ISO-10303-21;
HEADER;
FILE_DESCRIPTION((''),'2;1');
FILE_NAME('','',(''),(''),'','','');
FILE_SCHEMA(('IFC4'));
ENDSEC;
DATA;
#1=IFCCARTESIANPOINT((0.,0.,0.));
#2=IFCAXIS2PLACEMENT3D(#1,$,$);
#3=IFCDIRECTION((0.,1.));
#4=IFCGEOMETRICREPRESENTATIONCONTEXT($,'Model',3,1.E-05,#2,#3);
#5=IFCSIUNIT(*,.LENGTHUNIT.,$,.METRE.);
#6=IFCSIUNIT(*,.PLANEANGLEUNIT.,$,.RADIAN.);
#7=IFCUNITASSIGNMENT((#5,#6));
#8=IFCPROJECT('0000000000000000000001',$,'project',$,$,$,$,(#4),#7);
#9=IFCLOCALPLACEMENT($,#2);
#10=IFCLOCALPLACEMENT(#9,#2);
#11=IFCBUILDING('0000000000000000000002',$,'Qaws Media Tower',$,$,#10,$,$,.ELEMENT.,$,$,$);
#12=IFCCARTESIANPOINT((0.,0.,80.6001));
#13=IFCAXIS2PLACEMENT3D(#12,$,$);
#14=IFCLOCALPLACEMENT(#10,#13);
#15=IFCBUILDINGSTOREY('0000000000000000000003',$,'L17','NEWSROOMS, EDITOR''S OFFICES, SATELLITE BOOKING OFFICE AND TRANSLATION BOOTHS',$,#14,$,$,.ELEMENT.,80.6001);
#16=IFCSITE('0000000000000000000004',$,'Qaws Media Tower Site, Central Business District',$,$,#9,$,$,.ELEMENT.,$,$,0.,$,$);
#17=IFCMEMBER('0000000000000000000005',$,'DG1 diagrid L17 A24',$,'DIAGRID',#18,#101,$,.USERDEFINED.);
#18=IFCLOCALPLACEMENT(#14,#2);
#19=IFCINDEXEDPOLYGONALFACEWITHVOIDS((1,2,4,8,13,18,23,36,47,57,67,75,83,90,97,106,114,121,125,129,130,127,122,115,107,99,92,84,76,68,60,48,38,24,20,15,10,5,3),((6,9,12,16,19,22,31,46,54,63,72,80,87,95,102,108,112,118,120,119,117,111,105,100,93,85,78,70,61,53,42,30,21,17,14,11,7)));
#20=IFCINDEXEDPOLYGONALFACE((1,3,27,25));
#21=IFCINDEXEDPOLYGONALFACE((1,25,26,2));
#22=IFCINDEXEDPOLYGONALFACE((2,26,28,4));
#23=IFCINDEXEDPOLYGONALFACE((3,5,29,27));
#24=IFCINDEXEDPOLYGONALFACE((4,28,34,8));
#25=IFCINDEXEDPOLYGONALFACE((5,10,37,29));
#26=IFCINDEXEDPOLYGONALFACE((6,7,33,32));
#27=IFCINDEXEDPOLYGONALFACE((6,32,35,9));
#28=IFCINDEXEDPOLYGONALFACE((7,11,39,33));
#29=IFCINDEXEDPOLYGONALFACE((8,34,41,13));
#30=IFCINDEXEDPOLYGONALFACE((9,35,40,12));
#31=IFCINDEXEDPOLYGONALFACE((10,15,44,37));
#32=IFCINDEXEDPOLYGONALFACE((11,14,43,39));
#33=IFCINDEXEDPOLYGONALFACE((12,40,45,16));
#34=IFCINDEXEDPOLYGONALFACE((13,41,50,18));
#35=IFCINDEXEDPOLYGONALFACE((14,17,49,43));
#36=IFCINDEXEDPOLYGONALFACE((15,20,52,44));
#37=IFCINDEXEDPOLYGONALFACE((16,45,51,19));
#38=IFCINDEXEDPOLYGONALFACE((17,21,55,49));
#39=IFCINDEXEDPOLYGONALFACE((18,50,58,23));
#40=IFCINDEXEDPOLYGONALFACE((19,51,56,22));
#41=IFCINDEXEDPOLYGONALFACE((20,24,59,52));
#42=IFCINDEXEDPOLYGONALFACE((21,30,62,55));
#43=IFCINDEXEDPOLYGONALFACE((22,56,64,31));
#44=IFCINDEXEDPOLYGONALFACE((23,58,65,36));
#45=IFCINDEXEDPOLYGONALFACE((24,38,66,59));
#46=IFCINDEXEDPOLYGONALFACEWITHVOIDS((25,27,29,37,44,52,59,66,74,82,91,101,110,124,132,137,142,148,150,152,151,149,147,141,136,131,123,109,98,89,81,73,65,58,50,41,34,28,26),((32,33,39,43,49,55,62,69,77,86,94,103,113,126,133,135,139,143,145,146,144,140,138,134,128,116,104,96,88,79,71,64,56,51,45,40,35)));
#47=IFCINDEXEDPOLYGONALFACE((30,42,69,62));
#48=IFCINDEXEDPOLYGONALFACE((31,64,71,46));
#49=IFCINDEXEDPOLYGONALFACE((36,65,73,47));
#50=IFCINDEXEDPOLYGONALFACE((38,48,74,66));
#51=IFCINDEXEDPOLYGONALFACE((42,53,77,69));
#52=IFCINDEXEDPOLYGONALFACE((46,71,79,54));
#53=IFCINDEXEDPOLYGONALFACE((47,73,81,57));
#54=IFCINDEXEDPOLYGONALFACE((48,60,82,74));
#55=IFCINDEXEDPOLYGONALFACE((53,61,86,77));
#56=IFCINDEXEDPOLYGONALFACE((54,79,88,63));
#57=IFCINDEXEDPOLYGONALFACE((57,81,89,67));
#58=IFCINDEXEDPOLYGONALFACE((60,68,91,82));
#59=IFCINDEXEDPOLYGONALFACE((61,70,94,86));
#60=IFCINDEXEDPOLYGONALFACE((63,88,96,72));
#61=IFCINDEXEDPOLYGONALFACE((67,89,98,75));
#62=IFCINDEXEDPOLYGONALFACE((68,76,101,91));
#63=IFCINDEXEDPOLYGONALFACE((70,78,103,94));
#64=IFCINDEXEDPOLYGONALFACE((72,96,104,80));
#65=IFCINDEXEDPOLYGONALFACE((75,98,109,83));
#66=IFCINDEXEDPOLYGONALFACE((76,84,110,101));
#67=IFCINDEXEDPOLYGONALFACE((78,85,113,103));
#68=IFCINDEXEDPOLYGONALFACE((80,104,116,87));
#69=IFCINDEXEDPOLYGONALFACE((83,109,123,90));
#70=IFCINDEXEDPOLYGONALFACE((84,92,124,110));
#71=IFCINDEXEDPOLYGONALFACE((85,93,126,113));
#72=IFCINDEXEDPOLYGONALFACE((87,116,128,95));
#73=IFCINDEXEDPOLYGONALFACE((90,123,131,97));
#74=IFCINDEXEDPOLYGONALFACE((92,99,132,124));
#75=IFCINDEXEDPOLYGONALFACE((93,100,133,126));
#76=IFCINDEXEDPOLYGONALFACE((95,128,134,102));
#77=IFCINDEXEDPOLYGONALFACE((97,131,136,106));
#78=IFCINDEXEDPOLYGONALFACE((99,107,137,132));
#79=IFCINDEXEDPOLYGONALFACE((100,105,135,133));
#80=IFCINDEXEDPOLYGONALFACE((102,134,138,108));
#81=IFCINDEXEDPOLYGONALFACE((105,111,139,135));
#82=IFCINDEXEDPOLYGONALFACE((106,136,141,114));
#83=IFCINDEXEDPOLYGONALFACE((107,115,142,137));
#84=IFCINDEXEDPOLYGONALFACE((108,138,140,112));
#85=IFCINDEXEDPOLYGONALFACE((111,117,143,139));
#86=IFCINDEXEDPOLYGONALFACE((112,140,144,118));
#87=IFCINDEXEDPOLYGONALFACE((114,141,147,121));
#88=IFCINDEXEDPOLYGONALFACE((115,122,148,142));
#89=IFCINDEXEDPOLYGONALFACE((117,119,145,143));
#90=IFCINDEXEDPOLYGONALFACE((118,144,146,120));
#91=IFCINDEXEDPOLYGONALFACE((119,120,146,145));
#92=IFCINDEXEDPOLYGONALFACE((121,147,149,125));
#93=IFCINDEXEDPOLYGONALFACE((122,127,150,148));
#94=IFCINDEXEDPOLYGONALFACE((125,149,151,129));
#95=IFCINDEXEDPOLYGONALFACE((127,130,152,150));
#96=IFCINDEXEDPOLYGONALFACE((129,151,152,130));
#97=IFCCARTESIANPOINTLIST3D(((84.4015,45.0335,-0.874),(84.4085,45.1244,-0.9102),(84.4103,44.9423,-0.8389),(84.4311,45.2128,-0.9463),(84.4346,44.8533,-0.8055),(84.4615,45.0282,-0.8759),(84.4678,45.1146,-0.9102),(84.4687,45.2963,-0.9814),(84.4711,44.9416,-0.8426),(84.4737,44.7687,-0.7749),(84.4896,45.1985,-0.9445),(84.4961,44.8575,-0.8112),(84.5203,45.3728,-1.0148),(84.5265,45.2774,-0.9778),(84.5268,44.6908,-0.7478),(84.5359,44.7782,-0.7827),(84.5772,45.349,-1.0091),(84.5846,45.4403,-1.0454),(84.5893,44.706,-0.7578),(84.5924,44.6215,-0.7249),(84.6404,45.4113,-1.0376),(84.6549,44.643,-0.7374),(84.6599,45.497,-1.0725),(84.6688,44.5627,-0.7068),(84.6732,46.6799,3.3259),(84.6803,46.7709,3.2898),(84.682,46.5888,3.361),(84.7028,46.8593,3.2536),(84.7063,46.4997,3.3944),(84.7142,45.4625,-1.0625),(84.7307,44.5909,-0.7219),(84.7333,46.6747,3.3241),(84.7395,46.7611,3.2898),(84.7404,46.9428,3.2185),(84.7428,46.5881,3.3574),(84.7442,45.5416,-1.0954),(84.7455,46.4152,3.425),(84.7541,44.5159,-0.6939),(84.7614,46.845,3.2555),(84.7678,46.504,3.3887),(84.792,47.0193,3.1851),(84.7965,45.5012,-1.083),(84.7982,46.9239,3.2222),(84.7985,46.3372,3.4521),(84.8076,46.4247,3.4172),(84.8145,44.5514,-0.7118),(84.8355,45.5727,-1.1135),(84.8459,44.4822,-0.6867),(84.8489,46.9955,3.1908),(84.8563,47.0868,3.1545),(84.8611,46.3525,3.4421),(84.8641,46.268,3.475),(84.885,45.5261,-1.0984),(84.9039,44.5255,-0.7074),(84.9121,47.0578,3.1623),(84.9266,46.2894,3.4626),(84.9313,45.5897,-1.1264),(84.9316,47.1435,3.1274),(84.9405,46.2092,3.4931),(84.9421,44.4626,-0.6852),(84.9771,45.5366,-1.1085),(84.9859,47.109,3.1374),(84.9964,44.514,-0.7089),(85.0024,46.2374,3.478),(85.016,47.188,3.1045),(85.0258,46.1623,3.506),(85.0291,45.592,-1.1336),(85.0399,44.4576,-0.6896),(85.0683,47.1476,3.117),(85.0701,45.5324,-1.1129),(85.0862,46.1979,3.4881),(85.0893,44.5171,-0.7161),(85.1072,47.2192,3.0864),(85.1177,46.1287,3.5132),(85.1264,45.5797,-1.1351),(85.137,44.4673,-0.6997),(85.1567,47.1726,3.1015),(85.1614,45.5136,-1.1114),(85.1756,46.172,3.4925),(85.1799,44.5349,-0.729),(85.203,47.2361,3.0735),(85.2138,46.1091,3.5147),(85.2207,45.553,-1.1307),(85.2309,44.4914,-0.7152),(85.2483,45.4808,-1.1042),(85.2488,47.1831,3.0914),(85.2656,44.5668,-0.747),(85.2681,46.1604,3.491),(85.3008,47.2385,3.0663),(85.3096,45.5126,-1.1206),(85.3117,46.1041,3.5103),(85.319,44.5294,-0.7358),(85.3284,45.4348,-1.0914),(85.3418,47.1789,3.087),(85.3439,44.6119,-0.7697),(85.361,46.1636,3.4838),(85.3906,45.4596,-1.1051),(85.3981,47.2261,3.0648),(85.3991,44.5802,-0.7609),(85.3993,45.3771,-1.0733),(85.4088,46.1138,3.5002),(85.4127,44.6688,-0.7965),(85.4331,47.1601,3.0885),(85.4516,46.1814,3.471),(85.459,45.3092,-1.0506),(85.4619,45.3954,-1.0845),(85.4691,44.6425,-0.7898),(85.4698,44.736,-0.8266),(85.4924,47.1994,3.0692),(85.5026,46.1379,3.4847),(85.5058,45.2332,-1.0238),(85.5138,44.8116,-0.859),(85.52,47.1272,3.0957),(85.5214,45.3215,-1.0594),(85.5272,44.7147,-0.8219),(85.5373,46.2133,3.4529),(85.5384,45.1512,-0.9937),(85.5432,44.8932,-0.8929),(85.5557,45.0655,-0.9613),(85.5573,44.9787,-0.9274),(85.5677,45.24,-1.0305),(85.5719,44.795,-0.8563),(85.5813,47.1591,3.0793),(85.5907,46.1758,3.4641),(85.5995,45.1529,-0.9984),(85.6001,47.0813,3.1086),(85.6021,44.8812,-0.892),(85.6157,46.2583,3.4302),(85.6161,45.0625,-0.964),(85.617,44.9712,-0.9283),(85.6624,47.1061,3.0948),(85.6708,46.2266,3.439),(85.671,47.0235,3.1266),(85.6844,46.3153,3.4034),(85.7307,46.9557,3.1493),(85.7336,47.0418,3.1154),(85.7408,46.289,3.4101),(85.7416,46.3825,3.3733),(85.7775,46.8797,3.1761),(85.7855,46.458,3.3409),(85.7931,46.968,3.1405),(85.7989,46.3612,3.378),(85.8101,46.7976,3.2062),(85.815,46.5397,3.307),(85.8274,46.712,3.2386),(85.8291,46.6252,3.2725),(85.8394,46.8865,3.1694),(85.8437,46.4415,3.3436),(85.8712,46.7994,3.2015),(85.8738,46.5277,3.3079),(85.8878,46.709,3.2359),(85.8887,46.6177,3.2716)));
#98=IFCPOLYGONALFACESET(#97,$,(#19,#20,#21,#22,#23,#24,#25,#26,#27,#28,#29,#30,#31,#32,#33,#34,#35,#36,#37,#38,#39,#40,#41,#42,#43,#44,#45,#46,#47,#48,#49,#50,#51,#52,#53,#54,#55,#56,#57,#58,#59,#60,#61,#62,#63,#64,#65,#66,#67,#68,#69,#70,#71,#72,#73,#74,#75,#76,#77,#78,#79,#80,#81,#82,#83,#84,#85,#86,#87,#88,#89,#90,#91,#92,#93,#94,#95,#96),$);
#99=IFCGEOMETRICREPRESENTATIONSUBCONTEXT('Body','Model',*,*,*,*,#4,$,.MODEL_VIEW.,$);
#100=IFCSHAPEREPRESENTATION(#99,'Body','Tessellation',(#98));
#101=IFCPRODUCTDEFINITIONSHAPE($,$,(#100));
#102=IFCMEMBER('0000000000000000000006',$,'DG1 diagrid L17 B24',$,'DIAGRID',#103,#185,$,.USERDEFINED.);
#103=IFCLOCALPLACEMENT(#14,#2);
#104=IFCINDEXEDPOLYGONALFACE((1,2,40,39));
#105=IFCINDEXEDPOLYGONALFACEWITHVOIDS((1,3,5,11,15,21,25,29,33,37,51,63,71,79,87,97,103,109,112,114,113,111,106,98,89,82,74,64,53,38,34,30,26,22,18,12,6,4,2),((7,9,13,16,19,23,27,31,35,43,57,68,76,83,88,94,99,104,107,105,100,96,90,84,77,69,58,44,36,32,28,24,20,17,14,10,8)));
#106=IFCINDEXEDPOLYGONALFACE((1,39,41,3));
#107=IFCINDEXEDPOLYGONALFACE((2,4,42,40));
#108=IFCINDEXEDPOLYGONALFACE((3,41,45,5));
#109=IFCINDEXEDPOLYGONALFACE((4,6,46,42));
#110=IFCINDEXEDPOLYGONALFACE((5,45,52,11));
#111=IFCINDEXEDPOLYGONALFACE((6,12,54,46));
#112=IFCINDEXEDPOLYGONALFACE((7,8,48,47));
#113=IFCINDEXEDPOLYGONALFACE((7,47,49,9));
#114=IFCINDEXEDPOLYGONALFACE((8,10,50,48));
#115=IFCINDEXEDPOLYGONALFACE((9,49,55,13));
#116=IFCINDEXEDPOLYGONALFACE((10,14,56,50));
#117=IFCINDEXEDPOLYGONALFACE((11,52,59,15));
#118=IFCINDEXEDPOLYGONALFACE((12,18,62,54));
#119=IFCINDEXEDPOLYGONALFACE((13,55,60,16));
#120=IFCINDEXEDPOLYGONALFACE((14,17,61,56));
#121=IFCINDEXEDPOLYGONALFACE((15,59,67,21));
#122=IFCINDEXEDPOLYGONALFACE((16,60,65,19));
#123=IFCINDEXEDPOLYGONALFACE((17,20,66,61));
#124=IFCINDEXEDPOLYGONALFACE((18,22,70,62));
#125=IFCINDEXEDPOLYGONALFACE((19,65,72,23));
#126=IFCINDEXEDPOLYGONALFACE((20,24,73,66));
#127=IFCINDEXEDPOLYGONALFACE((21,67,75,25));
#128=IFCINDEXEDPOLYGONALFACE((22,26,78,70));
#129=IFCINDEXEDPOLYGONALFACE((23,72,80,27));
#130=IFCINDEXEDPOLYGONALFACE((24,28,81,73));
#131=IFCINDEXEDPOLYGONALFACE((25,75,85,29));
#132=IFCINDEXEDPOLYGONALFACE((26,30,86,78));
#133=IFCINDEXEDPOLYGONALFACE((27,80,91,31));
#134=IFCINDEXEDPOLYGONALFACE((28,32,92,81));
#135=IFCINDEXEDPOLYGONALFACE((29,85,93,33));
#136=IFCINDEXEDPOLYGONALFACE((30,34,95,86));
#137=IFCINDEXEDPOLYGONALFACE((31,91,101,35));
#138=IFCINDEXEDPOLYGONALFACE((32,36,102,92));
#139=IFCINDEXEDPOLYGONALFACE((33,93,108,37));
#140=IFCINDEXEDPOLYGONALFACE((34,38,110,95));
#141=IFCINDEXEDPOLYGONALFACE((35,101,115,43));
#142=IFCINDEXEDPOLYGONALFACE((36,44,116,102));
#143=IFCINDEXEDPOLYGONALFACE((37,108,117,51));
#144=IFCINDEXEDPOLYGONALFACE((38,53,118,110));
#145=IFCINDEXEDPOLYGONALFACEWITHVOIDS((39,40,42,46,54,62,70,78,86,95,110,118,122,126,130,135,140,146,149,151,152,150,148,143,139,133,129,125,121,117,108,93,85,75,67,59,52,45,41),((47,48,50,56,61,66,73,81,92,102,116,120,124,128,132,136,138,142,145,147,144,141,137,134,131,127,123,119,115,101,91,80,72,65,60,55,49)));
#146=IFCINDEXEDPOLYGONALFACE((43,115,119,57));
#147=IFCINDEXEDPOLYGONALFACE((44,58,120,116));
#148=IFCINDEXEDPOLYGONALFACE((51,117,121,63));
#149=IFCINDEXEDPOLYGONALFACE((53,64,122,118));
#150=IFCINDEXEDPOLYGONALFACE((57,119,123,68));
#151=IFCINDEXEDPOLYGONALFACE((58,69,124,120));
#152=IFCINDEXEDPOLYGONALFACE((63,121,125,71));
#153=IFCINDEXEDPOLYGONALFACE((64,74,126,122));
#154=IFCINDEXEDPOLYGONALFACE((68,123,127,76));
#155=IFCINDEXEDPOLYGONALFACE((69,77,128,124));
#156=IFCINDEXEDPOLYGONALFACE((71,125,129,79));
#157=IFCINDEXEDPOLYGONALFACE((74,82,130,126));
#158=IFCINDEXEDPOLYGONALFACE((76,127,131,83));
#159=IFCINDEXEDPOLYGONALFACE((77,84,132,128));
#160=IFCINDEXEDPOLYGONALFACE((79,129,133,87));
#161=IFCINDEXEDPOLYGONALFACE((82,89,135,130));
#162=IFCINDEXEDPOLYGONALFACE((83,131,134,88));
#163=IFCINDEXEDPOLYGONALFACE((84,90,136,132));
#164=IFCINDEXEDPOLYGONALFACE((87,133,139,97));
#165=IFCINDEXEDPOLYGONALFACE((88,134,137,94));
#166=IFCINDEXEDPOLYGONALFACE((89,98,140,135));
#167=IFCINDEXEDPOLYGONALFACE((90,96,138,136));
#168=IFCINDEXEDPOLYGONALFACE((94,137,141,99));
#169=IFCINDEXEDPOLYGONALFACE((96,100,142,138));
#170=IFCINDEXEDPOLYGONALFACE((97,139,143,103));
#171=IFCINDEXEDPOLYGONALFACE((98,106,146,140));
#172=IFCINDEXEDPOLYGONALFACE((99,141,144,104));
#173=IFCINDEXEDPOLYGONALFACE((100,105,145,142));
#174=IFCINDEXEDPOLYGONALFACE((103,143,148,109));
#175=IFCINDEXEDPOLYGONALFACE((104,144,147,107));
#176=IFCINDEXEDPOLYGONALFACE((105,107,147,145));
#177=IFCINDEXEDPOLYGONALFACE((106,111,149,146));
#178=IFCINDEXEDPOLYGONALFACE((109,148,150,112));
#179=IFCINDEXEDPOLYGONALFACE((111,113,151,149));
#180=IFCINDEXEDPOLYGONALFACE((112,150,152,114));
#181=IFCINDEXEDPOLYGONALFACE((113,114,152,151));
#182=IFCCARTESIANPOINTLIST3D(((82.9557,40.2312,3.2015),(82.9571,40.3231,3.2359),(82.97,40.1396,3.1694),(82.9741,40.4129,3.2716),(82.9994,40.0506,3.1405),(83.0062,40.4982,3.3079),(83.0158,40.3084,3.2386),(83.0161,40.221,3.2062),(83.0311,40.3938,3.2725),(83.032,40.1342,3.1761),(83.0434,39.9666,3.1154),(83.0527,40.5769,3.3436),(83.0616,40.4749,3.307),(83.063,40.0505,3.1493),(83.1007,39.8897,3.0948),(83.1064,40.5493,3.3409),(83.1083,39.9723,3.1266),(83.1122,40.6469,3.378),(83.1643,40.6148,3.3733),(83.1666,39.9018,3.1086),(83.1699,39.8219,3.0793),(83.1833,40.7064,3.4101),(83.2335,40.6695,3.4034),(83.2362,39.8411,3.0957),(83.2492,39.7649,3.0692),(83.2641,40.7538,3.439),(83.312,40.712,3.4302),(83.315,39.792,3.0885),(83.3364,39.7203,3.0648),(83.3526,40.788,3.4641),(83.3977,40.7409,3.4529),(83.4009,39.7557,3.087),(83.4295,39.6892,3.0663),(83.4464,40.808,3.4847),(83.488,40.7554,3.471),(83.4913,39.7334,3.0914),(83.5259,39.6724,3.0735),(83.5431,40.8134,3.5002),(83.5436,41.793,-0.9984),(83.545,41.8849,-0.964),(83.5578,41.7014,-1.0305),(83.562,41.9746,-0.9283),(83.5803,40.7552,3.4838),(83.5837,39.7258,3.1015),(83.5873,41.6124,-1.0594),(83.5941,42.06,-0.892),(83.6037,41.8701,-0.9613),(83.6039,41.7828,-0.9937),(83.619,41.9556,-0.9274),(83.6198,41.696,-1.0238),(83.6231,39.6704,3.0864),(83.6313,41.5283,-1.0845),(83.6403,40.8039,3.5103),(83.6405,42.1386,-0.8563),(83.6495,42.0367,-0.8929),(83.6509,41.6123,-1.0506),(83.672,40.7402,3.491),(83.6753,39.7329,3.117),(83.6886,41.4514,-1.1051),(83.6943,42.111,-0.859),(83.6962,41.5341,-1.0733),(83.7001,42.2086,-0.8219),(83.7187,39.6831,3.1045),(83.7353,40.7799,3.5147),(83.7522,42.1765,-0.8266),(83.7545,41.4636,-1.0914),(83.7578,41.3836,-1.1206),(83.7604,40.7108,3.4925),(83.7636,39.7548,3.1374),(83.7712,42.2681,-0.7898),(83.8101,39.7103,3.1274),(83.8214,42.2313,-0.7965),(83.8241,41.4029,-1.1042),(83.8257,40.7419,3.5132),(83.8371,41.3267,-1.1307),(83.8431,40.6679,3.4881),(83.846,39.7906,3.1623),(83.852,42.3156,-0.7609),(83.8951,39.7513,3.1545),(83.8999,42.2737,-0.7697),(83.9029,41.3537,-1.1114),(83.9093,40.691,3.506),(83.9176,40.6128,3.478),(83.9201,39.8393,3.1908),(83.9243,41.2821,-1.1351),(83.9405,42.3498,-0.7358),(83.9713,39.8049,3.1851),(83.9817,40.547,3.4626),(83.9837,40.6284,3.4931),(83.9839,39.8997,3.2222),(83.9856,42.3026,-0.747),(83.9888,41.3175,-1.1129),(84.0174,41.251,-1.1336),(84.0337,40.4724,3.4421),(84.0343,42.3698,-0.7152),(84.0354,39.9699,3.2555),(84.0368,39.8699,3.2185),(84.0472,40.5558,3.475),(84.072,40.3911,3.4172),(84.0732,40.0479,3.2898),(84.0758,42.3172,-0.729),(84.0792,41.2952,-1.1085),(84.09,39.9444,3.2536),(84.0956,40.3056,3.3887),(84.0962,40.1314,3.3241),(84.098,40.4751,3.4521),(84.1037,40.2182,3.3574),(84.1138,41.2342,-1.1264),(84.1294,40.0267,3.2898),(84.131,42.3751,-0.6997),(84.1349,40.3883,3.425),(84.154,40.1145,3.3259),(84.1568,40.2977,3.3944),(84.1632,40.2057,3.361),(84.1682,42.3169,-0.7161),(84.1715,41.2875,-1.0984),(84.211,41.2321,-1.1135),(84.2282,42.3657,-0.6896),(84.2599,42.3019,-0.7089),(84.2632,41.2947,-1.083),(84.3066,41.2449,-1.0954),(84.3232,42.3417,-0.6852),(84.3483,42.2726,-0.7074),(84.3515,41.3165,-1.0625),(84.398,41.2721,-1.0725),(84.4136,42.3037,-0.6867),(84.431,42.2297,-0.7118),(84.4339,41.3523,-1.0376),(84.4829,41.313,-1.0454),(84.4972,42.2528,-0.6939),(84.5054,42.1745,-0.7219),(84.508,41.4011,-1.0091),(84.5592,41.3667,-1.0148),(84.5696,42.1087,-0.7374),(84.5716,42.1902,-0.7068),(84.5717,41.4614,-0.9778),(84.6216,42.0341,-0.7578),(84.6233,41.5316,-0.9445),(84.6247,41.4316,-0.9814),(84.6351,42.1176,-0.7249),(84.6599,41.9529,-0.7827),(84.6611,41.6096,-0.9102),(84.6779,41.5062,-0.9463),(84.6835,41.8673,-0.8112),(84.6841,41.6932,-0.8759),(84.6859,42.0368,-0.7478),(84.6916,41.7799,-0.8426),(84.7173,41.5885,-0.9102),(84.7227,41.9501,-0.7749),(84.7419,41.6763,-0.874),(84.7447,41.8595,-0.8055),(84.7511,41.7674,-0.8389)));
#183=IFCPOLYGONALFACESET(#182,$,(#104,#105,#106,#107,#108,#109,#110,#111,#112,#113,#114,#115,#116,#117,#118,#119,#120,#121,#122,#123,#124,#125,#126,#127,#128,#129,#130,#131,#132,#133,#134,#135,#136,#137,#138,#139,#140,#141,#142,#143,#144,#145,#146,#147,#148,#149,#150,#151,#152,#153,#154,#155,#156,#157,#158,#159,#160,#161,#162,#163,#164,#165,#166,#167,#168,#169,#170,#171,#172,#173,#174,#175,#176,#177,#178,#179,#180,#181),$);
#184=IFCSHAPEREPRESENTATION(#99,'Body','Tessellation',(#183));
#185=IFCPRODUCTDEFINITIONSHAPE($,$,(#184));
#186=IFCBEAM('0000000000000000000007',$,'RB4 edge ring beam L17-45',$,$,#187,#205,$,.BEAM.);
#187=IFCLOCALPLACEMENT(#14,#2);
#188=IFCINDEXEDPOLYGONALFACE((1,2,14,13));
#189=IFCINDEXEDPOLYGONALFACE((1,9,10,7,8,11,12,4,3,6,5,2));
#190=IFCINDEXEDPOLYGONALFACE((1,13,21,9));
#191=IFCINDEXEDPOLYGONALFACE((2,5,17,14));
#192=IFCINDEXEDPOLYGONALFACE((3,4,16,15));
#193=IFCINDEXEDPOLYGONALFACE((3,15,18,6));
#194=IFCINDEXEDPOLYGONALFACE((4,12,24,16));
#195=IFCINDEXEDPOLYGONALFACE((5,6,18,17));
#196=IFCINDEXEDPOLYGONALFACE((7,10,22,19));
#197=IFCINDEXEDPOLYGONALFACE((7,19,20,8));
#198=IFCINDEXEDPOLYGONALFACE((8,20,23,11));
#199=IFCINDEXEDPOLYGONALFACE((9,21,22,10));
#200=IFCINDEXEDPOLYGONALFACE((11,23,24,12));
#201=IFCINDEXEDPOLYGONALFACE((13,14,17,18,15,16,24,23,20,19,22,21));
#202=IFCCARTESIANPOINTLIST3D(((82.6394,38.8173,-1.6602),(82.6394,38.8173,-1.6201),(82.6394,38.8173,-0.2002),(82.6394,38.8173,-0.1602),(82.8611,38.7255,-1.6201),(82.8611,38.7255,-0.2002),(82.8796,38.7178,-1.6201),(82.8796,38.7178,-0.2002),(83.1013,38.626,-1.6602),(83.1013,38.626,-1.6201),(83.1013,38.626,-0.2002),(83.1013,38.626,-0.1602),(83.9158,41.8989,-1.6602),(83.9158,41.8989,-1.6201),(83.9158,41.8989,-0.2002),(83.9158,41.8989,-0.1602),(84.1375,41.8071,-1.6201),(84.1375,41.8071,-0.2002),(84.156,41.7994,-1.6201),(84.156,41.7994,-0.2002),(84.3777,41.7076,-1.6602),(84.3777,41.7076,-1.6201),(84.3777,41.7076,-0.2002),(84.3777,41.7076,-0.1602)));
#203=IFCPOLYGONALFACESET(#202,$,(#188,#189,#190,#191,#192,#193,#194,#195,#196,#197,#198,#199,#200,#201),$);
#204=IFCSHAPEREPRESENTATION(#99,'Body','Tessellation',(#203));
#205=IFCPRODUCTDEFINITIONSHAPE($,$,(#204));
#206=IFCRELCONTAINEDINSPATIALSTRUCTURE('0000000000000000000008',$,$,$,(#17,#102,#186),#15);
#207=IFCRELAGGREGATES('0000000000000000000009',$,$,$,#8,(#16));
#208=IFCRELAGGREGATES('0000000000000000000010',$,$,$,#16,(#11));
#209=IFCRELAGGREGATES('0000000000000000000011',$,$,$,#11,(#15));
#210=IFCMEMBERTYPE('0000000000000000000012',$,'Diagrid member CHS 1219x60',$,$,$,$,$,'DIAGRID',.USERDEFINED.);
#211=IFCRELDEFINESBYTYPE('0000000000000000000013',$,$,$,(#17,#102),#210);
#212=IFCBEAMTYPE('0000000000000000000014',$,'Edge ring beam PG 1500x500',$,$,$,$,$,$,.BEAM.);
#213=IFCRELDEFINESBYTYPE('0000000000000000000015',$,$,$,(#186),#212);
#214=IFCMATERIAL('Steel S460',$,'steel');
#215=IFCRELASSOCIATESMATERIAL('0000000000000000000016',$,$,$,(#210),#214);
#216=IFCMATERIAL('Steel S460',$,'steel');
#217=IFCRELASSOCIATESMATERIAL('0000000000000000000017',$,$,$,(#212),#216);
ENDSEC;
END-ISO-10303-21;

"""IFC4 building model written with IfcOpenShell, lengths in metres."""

from ifc_helpers import new_model, si_unit, direction, frame, origin, origin_2d, place, context, subcontext, project, spatial, hollow_circle, i_section, extrude, material, material_profile, profile_set, type_object, element, save


model = new_model("IFC4")

# Units and contexts
model_context = context("Model", 3, precision=1e-05, world=origin(), true_north=direction((0.0, 1.0)))
body_context = subcontext(model_context, "Body", "Model", "MODEL_VIEW")
ifc_project = project(units=[si_unit("LENGTHUNIT", "METRE"), si_unit("PLANEANGLEUNIT", "RADIAN")], contexts=[model_context])

# Site, building, storey
site_placement = place(None, origin())
site = spatial("IfcSite", under=ifc_project, at=site_placement, Name="Qaws Media Tower Site, Central Business District", CompositionType="ELEMENT", RefElevation=0.0)
building_placement = place(site_placement, origin())
building = spatial("IfcBuilding", under=site, at=building_placement, Name="Qaws Media Tower", CompositionType="ELEMENT")
storey_placement = place(building_placement, frame((0.0, 0.0, 80.6001)))
storey = spatial("IfcBuildingStorey", under=building, at=storey_placement, Name="L17", Description="NEWSROOMS, EDITOR'S OFFICES, SATELLITE BOOKING OFFICE AND TRANSLATION BOOTHS", CompositionType="ELEMENT", Elevation=80.6001)

# Members
ifc_material_1 = material(Name="Steel S460", Category="steel")
ifc_material_profile_1 = material_profile(ifc_material_1, hollow_circle(Radius=0.6096, WallThickness=0.0601, at=origin_2d()), Name="CHS 1219x60")
ifc_profile_set_1 = profile_set([ifc_material_profile_1], Name="Steel S460")
member_type_1 = type_object("IfcMemberType", Name="Diagrid member CHS 1219x60", ElementType="DIAGRID", PredefinedType="USERDEFINED", material=ifc_profile_set_1)
for number, where, z_axis, x_axis, name in (
    (1, (85.01, 45.0251, -0.9102), (0.060126, 0.364321, 0.929331), (-0.986654, 0.162833, 0.0), "DG1 diagrid L17 A24"),
    (2, (84.1467, 41.8032, -0.9102), (-0.130084, -0.345575, 0.929331), (0.93589, -0.352294, 0.0), "DG1 diagrid L17 B24"),
):
    element("IfcMember", number, at=place(storey_placement, frame(where, z_axis=z_axis, x_axis=x_axis)), inside=storey, type_object=member_type_1, Name=name, ObjectType="DIAGRID", PredefinedType="USERDEFINED", context=body_context, shape_type="SweptSolid", body=[
        extrude(hollow_circle(Radius=0.6096, WallThickness=0.0601, at=origin_2d()), origin(), (0.0, 0.0, 1.0), 4.5193),
    ])

# Beam
ifc_material_2 = material(Name="Steel S460", Category="steel")
ifc_material_profile_2 = material_profile(ifc_material_2, i_section(OverallWidth=0.5, OverallDepth=1.5, WebThickness=0.02, FlangeThickness=0.04, at=origin_2d()), Name="PG 1500x500")
ifc_profile_set_2 = profile_set([ifc_material_profile_2], Name="Steel S460")
beam_type_1 = type_object("IfcBeamType", Name="Edge ring beam PG 1500x500", PredefinedType="BEAM", material=ifc_profile_set_2)
beam_1_placement = place(storey_placement, frame((82.8704, 38.7217, -0.9102), z_axis=(0.382671, 0.923885, 0.0), x_axis=(-0.923885, 0.382671, 0.0)))
element("IfcBeam", 3, at=beam_1_placement, inside=storey, type_object=beam_type_1, Name="RB4 edge ring beam L17-45", PredefinedType="BEAM", context=body_context, shape_type="SweptSolid", body=[
    extrude(i_section(OverallWidth=0.5, OverallDepth=1.5, WebThickness=0.02, FlangeThickness=0.04, at=origin_2d()), origin(), (0.0, 0.0, 1.0), 3.3354),
])

save(model, "model.ifc")
